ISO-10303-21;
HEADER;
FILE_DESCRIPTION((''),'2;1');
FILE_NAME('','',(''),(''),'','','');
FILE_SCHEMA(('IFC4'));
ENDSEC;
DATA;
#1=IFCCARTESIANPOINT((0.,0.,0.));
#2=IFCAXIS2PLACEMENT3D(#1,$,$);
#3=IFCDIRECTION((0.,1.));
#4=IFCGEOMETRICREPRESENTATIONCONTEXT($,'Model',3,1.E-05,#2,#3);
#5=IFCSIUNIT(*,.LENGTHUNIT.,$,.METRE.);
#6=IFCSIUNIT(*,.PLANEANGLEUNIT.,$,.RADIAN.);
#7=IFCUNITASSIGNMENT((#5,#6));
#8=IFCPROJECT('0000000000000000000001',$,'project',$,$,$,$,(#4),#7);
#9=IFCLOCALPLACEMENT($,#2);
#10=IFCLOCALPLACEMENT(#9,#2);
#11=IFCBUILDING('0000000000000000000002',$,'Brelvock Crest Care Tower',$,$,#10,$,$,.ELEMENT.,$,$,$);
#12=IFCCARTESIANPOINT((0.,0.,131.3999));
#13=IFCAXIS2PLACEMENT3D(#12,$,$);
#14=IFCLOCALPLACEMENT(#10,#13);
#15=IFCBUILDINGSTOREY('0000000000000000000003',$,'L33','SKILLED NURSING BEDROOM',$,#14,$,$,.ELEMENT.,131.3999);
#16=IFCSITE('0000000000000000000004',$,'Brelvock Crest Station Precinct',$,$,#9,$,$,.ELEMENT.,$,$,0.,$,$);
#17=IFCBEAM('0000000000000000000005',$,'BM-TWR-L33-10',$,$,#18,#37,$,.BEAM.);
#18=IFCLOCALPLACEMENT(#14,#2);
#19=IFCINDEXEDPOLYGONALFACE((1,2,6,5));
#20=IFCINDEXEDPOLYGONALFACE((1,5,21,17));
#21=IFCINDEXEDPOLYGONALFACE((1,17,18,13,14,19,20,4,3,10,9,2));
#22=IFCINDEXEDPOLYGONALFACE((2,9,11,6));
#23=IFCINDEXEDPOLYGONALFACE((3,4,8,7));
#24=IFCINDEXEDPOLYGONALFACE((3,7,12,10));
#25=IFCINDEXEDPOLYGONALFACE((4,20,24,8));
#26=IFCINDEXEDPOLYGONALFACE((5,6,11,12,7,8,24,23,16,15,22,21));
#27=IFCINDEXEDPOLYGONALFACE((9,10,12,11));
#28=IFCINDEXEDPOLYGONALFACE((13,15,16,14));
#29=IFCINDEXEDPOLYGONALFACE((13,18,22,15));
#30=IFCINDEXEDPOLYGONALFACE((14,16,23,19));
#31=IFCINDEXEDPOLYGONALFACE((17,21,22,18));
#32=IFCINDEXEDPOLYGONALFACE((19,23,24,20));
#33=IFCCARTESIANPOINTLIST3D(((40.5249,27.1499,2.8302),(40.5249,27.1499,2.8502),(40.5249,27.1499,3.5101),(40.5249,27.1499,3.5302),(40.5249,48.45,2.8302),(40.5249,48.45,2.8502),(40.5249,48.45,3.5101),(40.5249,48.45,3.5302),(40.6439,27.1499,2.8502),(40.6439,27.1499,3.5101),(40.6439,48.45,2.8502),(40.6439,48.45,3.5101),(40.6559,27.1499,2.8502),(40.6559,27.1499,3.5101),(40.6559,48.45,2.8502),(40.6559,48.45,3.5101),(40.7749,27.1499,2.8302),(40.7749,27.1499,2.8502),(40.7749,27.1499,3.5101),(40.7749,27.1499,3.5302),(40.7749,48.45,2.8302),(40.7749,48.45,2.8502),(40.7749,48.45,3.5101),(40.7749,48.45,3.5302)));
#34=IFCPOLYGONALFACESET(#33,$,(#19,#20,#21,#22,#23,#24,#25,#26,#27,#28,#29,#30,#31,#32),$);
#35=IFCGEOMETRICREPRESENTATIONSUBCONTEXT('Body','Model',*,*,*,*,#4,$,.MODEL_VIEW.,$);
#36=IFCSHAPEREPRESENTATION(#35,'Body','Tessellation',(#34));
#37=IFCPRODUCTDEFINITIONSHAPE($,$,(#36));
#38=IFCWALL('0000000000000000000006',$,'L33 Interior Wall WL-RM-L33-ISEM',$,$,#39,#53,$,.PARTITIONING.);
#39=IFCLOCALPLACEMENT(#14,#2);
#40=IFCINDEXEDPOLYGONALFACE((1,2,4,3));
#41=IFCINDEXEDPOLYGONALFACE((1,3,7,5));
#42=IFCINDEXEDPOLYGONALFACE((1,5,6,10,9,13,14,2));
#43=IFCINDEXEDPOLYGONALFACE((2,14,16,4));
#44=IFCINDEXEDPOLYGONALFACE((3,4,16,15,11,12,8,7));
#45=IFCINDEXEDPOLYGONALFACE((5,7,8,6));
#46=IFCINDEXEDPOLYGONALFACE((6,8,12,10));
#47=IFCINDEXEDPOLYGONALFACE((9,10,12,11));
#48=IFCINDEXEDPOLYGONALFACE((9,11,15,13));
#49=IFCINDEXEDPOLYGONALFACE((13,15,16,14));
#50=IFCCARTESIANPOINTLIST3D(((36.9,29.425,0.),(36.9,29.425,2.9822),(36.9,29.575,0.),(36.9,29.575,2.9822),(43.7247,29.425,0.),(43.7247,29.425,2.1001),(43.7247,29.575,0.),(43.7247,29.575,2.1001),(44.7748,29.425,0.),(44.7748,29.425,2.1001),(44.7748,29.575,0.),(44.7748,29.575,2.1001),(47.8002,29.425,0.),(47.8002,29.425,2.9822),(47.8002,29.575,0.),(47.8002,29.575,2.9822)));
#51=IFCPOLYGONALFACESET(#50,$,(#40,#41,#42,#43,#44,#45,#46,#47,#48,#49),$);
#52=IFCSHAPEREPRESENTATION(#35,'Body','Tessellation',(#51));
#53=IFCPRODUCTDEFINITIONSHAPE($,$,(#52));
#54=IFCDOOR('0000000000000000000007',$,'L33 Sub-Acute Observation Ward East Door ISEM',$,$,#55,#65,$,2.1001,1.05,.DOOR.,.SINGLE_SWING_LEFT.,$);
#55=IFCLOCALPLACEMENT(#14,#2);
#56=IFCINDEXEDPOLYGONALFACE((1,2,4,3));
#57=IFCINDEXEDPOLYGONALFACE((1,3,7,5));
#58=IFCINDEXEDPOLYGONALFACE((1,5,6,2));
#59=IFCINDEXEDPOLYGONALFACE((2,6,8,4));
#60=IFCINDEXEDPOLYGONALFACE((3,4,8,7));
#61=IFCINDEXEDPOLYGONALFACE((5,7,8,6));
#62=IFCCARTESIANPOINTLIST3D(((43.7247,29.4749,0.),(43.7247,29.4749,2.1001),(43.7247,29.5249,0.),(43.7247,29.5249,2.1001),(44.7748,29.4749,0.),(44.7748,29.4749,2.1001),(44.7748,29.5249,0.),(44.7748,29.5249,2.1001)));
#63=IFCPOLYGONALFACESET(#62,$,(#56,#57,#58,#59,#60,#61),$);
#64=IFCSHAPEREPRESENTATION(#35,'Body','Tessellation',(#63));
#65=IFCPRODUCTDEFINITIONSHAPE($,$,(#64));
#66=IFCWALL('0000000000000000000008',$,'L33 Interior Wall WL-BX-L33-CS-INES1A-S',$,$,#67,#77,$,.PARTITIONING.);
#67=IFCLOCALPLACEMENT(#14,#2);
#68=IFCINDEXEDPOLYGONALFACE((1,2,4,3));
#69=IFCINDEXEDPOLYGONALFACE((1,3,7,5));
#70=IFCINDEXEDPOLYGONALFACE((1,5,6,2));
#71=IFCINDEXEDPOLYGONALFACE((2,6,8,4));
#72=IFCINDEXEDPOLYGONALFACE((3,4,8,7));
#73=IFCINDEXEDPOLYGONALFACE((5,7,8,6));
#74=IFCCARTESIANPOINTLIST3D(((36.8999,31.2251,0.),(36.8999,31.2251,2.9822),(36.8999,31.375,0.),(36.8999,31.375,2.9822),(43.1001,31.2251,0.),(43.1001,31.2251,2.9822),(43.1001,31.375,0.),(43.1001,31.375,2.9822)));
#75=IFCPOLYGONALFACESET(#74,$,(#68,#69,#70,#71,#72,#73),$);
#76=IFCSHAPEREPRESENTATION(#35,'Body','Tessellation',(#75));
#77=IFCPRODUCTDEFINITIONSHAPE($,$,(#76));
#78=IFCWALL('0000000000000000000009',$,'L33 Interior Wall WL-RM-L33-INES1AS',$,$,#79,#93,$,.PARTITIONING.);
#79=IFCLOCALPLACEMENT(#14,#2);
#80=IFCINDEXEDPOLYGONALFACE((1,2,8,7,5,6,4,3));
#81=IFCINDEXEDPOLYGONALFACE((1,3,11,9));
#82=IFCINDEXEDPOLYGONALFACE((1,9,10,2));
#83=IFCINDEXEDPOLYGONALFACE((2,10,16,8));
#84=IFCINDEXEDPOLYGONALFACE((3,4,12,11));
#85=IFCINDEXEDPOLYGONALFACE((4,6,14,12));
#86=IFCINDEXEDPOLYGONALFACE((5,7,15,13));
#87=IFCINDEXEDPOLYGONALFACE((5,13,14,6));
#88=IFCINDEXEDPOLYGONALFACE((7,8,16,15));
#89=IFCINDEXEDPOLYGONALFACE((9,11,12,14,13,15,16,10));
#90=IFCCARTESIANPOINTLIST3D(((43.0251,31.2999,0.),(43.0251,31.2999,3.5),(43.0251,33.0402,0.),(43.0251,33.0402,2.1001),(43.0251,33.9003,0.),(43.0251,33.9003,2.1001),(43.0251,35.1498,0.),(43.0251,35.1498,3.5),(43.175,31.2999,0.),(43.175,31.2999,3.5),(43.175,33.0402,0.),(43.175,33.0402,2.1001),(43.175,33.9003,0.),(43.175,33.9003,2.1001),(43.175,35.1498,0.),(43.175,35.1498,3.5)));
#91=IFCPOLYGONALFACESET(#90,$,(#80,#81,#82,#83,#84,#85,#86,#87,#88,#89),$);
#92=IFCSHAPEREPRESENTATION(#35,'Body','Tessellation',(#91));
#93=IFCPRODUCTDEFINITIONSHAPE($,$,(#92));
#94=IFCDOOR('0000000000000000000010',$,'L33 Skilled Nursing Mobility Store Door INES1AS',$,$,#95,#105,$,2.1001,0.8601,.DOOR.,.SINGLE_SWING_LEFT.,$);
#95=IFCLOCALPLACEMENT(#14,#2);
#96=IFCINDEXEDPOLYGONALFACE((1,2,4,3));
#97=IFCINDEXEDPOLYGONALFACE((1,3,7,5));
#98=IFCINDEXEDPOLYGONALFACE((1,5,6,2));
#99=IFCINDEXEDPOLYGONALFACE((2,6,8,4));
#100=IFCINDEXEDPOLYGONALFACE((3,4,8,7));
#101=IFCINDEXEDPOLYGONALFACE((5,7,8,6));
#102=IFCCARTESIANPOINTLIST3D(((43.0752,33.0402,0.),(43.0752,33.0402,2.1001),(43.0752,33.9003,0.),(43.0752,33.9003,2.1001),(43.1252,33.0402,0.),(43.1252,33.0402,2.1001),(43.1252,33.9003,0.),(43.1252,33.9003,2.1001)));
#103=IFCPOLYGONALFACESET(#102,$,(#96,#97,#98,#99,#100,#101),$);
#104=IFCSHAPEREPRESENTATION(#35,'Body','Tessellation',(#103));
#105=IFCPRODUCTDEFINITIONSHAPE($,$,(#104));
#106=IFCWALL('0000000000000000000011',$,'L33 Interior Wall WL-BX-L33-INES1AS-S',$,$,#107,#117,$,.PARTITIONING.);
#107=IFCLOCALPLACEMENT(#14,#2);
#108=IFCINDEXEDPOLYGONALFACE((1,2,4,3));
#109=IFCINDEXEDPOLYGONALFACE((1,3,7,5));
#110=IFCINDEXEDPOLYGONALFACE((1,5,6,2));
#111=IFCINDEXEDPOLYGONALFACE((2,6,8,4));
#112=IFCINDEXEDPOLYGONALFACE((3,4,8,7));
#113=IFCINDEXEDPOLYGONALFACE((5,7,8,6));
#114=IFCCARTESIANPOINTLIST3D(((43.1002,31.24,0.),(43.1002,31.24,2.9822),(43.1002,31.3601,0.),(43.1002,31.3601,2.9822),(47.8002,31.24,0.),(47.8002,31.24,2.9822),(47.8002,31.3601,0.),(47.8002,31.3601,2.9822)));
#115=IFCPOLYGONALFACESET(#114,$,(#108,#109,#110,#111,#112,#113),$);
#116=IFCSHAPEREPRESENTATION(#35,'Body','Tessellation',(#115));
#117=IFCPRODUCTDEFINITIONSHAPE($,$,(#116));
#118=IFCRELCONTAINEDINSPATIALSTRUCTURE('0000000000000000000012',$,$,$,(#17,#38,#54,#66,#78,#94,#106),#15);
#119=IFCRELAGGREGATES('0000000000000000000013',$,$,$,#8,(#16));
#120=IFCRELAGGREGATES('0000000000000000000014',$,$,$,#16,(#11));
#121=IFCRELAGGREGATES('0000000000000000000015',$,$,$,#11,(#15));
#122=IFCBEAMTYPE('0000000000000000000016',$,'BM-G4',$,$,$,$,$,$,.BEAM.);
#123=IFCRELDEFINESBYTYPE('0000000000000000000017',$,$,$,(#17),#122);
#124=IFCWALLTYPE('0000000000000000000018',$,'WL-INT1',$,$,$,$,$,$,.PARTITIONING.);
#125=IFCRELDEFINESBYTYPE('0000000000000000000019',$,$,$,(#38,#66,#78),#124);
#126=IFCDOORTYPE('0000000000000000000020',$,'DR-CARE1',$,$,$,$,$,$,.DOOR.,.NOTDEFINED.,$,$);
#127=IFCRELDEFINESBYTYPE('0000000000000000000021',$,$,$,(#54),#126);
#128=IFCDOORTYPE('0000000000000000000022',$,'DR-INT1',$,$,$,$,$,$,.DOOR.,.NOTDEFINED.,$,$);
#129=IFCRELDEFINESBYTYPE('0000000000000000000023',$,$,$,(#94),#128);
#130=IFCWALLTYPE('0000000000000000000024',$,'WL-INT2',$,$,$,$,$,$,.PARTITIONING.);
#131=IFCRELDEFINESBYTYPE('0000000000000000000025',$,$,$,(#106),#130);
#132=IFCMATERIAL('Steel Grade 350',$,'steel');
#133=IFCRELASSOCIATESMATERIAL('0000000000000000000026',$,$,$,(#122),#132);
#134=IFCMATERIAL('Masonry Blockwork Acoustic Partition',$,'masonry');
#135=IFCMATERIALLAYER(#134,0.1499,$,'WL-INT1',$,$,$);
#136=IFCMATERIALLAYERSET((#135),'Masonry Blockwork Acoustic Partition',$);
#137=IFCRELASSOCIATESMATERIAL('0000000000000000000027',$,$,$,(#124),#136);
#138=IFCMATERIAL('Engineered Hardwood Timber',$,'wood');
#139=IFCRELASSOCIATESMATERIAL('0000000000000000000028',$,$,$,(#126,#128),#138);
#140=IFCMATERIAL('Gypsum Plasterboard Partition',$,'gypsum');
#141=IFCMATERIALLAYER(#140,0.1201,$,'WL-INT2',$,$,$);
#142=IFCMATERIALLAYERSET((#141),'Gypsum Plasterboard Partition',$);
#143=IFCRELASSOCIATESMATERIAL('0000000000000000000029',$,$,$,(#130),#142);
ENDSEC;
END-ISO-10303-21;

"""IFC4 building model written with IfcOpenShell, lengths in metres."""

from ifc_helpers import new_model, si_unit, direction, frame, frame_2d, origin, origin_2d, place, context, subcontext, project, spatial, rectangle, i_section, extrude, source, transform, mapped, material, layer, layer_set, material_profile, profile_set, type_object, element, fill, save


model = new_model("IFC4")

# Units and contexts
model_context = context("Model", 3, precision=1e-05, world=origin(), true_north=direction((0.0, 1.0)))
body_context = subcontext(model_context, "Body", "Model", "MODEL_VIEW")
ifc_project = project(units=[si_unit("LENGTHUNIT", "METRE"), si_unit("PLANEANGLEUNIT", "RADIAN")], contexts=[model_context])

# Site, building, storey
site_placement = place(None, origin())
site = spatial("IfcSite", under=ifc_project, at=site_placement, Name="Brelvock Crest Station Precinct", CompositionType="ELEMENT", RefElevation=0.0)
building_placement = place(site_placement, origin())
building = spatial("IfcBuilding", under=site, at=building_placement, Name="Brelvock Crest Care Tower", CompositionType="ELEMENT")
storey_placement = place(building_placement, frame((0.0, 0.0, 131.3999)))
storey = spatial("IfcBuildingStorey", under=building, at=storey_placement, Name="L33", Description="SKILLED NURSING BEDROOM", CompositionType="ELEMENT", Elevation=131.3999)

# Shared definitions
ifc_material_1 = material(Name="Steel Grade 350", Category="steel")

# Beam
ifc_material_profile_1 = material_profile(ifc_material_1, i_section(OverallWidth=0.25, OverallDepth=0.7, WebThickness=0.012, FlangeThickness=0.02, at=origin_2d()), Name="700WB150")
ifc_profile_set_1 = profile_set([ifc_material_profile_1], Name="Steel Grade 350")
beam_type_1 = type_object("IfcBeamType", Name="BM-G4", PredefinedType="BEAM", material=ifc_profile_set_1)
shared_shape_1 = source(origin(), body_context, "Body", "SweptSolid", [
    extrude(i_section(OverallWidth=0.25, OverallDepth=0.7, WebThickness=0.012, FlangeThickness=0.02, at=origin_2d()), origin(), (0.0, 0.0, 1.0), 21.3),
])
beam_1_placement = place(storey_placement, frame((40.6499, 27.1499, 3.1802), z_axis=(0.0, 1.0, 0.0), x_axis=(-1.0, 0.0, 0.0)))
element("IfcBeam", 1, at=beam_1_placement, inside=storey, type_object=beam_type_1, Name="BM-TWR-L33-10", PredefinedType="BEAM", context=body_context, shape_type="MappedRepresentation", body=[
    mapped(shared_shape_1, transform((0.0, 0.0, 0.0), x_axis=(1.0, 0.0, 0.0), y_axis=(0.0, 1.0, 0.0), z_axis=(0.0, 0.0, 1.0), scale=1.0)),
])

# Wall, opening, door
ifc_material_2 = material(Name="Masonry Blockwork Acoustic Partition", Category="masonry")
ifc_layer_1 = layer(ifc_material_2, 0.1499, Name="WL-INT1")
ifc_layer_set_1 = layer_set([ifc_layer_1], Name="Masonry Blockwork Acoustic Partition")
wall_type_1 = type_object("IfcWallType", Name="WL-INT1", PredefinedType="PARTITIONING", material=ifc_layer_set_1)
wall_1_placement = place(storey_placement, frame((36.8999, 29.5, 0.0), z_axis=(0.0, 0.0, 1.0), x_axis=(1.0, 0.0, 0.0)))
wall_1 = element("IfcWall", 2, at=wall_1_placement, inside=storey, type_object=wall_type_1, Name="L33 Interior Wall WL-RM-L33-ISEM", PredefinedType="PARTITIONING", context=body_context, shape_type="SweptSolid", body=[
    extrude(rectangle(XDim=10.9001, YDim=0.1499, at=frame_2d((5.4502, 0.0))), origin(), (0.0, 0.0, 1.0), 2.9822),
])
opening_1_placement = place(wall_1_placement, frame((6.825, 0.0, 0.0)))
opening_1 = element("IfcOpeningElement", 3, at=opening_1_placement, cuts=wall_1, PredefinedType="OPENING", context=body_context, shape_type="SweptSolid", body=[
    extrude(rectangle(XDim=1.05, YDim=2.1001, at=origin_2d()), frame((0.5249, 0.085, 1.05), z_axis=(0.0, -1.0, 0.0), x_axis=(1.0, 0.0, 0.0)), (0.0, 0.0, 1.0), 0.1699),
])
ifc_material_3 = material(Name="Engineered Hardwood Timber", Category="wood")
door_type_1 = type_object("IfcDoorType", Name="DR-CARE1", OperationType="NOTDEFINED", PredefinedType="DOOR", material=ifc_material_3)
shared_shape_2 = source(origin(), body_context, "Body", "SweptSolid", [
    extrude(rectangle(XDim=1.05, YDim=2.1001, at=origin_2d()), frame((0.5249, 0.0249, 1.05), z_axis=(0.0, -1.0, 0.0), x_axis=(1.0, 0.0, 0.0)), (0.0, 0.0, 1.0), 0.05),
])
door_1_placement = place(opening_1_placement, origin())
door_1 = element("IfcDoor", 4, at=door_1_placement, inside=storey, type_object=door_type_1, Name="L33 Sub-Acute Observation Ward East Door ISEM", OperationType="SINGLE_SWING_LEFT", OverallHeight=2.1001, OverallWidth=1.05, PredefinedType="DOOR", context=body_context, shape_type="MappedRepresentation", body=[
    mapped(shared_shape_2, transform((0.0, 0.0, 0.0), x_axis=(1.0, 0.0, 0.0), y_axis=(0.0, 1.0, 0.0), z_axis=(0.0, 0.0, 1.0), scale=1.0)),
])
fill(opening_1, door_1)

# Wall
wall_2_placement = place(storey_placement, frame((36.8999, 31.3, 0.0), z_axis=(0.0, 0.0, 1.0), x_axis=(1.0, 0.0, 0.0)))
element("IfcWall", 5, at=wall_2_placement, inside=storey, type_object=wall_type_1, Name="L33 Interior Wall WL-BX-L33-CS-INES1A-S", PredefinedType="PARTITIONING", context=body_context, shape_type="SweptSolid", body=[
    extrude(rectangle(XDim=6.2002, YDim=0.1499, at=frame_2d((3.1001, 0.0))), origin(), (0.0, 0.0, 1.0), 2.9822),
])

# Wall, opening, door
wall_3_placement = place(storey_placement, frame((43.1001, 31.3, 0.0), z_axis=(0.0, 0.0, 1.0), x_axis=(0.0, 1.0, 0.0)))
wall_3 = element("IfcWall", 6, at=wall_3_placement, inside=storey, type_object=wall_type_1, Name="L33 Interior Wall WL-RM-L33-INES1AS", PredefinedType="PARTITIONING", context=body_context, shape_type="SweptSolid", body=[
    extrude(rectangle(XDim=3.8499, YDim=0.1499, at=frame_2d((1.9248, 0.0))), origin(), (0.0, 0.0, 1.0), 3.5),
])
opening_2_placement = place(wall_3_placement, frame((1.74, 0.0, 0.0)))
opening_2 = element("IfcOpeningElement", 7, at=opening_2_placement, cuts=wall_3, PredefinedType="OPENING", context=body_context, shape_type="SweptSolid", body=[
    extrude(rectangle(XDim=0.8601, YDim=2.1001, at=origin_2d()), frame((0.4302, 0.085, 1.05), z_axis=(0.0, -1.0, 0.0), x_axis=(1.0, 0.0, 0.0)), (0.0, 0.0, 1.0), 0.1699),
])
door_type_2 = type_object("IfcDoorType", Name="DR-INT1", OperationType="NOTDEFINED", PredefinedType="DOOR", material=ifc_material_3)
shared_shape_3 = source(origin(), body_context, "Body", "SweptSolid", [
    extrude(rectangle(XDim=0.8601, YDim=2.1001, at=origin_2d()), frame((0.4302, 0.0249, 1.05), z_axis=(0.0, -1.0, 0.0), x_axis=(1.0, 0.0, 0.0)), (0.0, 0.0, 1.0), 0.05),
])
door_2_placement = place(opening_2_placement, origin())
door_2 = element("IfcDoor", 8, at=door_2_placement, inside=storey, type_object=door_type_2, Name="L33 Skilled Nursing Mobility Store Door INES1AS", OperationType="SINGLE_SWING_LEFT", OverallHeight=2.1001, OverallWidth=0.8601, PredefinedType="DOOR", context=body_context, shape_type="MappedRepresentation", body=[
    mapped(shared_shape_3, transform((0.0, 0.0, 0.0), x_axis=(1.0, 0.0, 0.0), y_axis=(0.0, 1.0, 0.0), z_axis=(0.0, 0.0, 1.0), scale=1.0)),
])
fill(opening_2, door_2)

# Wall
ifc_material_4 = material(Name="Gypsum Plasterboard Partition", Category="gypsum")
ifc_layer_2 = layer(ifc_material_4, 0.1201, Name="WL-INT2")
ifc_layer_set_2 = layer_set([ifc_layer_2], Name="Gypsum Plasterboard Partition")
wall_type_2 = type_object("IfcWallType", Name="WL-INT2", PredefinedType="PARTITIONING", material=ifc_layer_set_2)
wall_4_placement = place(storey_placement, frame((43.1001, 31.3, 0.0), z_axis=(0.0, 0.0, 1.0), x_axis=(1.0, 0.0, 0.0)))
element("IfcWall", 9, at=wall_4_placement, inside=storey, type_object=wall_type_2, Name="L33 Interior Wall WL-BX-L33-INES1AS-S", PredefinedType="PARTITIONING", context=body_context, shape_type="SweptSolid", body=[
    extrude(rectangle(XDim=4.7, YDim=0.1201, at=frame_2d((2.3501, 0.0))), origin(), (0.0, 0.0, 1.0), 2.9822),
])

save(model, "model.ifc")
